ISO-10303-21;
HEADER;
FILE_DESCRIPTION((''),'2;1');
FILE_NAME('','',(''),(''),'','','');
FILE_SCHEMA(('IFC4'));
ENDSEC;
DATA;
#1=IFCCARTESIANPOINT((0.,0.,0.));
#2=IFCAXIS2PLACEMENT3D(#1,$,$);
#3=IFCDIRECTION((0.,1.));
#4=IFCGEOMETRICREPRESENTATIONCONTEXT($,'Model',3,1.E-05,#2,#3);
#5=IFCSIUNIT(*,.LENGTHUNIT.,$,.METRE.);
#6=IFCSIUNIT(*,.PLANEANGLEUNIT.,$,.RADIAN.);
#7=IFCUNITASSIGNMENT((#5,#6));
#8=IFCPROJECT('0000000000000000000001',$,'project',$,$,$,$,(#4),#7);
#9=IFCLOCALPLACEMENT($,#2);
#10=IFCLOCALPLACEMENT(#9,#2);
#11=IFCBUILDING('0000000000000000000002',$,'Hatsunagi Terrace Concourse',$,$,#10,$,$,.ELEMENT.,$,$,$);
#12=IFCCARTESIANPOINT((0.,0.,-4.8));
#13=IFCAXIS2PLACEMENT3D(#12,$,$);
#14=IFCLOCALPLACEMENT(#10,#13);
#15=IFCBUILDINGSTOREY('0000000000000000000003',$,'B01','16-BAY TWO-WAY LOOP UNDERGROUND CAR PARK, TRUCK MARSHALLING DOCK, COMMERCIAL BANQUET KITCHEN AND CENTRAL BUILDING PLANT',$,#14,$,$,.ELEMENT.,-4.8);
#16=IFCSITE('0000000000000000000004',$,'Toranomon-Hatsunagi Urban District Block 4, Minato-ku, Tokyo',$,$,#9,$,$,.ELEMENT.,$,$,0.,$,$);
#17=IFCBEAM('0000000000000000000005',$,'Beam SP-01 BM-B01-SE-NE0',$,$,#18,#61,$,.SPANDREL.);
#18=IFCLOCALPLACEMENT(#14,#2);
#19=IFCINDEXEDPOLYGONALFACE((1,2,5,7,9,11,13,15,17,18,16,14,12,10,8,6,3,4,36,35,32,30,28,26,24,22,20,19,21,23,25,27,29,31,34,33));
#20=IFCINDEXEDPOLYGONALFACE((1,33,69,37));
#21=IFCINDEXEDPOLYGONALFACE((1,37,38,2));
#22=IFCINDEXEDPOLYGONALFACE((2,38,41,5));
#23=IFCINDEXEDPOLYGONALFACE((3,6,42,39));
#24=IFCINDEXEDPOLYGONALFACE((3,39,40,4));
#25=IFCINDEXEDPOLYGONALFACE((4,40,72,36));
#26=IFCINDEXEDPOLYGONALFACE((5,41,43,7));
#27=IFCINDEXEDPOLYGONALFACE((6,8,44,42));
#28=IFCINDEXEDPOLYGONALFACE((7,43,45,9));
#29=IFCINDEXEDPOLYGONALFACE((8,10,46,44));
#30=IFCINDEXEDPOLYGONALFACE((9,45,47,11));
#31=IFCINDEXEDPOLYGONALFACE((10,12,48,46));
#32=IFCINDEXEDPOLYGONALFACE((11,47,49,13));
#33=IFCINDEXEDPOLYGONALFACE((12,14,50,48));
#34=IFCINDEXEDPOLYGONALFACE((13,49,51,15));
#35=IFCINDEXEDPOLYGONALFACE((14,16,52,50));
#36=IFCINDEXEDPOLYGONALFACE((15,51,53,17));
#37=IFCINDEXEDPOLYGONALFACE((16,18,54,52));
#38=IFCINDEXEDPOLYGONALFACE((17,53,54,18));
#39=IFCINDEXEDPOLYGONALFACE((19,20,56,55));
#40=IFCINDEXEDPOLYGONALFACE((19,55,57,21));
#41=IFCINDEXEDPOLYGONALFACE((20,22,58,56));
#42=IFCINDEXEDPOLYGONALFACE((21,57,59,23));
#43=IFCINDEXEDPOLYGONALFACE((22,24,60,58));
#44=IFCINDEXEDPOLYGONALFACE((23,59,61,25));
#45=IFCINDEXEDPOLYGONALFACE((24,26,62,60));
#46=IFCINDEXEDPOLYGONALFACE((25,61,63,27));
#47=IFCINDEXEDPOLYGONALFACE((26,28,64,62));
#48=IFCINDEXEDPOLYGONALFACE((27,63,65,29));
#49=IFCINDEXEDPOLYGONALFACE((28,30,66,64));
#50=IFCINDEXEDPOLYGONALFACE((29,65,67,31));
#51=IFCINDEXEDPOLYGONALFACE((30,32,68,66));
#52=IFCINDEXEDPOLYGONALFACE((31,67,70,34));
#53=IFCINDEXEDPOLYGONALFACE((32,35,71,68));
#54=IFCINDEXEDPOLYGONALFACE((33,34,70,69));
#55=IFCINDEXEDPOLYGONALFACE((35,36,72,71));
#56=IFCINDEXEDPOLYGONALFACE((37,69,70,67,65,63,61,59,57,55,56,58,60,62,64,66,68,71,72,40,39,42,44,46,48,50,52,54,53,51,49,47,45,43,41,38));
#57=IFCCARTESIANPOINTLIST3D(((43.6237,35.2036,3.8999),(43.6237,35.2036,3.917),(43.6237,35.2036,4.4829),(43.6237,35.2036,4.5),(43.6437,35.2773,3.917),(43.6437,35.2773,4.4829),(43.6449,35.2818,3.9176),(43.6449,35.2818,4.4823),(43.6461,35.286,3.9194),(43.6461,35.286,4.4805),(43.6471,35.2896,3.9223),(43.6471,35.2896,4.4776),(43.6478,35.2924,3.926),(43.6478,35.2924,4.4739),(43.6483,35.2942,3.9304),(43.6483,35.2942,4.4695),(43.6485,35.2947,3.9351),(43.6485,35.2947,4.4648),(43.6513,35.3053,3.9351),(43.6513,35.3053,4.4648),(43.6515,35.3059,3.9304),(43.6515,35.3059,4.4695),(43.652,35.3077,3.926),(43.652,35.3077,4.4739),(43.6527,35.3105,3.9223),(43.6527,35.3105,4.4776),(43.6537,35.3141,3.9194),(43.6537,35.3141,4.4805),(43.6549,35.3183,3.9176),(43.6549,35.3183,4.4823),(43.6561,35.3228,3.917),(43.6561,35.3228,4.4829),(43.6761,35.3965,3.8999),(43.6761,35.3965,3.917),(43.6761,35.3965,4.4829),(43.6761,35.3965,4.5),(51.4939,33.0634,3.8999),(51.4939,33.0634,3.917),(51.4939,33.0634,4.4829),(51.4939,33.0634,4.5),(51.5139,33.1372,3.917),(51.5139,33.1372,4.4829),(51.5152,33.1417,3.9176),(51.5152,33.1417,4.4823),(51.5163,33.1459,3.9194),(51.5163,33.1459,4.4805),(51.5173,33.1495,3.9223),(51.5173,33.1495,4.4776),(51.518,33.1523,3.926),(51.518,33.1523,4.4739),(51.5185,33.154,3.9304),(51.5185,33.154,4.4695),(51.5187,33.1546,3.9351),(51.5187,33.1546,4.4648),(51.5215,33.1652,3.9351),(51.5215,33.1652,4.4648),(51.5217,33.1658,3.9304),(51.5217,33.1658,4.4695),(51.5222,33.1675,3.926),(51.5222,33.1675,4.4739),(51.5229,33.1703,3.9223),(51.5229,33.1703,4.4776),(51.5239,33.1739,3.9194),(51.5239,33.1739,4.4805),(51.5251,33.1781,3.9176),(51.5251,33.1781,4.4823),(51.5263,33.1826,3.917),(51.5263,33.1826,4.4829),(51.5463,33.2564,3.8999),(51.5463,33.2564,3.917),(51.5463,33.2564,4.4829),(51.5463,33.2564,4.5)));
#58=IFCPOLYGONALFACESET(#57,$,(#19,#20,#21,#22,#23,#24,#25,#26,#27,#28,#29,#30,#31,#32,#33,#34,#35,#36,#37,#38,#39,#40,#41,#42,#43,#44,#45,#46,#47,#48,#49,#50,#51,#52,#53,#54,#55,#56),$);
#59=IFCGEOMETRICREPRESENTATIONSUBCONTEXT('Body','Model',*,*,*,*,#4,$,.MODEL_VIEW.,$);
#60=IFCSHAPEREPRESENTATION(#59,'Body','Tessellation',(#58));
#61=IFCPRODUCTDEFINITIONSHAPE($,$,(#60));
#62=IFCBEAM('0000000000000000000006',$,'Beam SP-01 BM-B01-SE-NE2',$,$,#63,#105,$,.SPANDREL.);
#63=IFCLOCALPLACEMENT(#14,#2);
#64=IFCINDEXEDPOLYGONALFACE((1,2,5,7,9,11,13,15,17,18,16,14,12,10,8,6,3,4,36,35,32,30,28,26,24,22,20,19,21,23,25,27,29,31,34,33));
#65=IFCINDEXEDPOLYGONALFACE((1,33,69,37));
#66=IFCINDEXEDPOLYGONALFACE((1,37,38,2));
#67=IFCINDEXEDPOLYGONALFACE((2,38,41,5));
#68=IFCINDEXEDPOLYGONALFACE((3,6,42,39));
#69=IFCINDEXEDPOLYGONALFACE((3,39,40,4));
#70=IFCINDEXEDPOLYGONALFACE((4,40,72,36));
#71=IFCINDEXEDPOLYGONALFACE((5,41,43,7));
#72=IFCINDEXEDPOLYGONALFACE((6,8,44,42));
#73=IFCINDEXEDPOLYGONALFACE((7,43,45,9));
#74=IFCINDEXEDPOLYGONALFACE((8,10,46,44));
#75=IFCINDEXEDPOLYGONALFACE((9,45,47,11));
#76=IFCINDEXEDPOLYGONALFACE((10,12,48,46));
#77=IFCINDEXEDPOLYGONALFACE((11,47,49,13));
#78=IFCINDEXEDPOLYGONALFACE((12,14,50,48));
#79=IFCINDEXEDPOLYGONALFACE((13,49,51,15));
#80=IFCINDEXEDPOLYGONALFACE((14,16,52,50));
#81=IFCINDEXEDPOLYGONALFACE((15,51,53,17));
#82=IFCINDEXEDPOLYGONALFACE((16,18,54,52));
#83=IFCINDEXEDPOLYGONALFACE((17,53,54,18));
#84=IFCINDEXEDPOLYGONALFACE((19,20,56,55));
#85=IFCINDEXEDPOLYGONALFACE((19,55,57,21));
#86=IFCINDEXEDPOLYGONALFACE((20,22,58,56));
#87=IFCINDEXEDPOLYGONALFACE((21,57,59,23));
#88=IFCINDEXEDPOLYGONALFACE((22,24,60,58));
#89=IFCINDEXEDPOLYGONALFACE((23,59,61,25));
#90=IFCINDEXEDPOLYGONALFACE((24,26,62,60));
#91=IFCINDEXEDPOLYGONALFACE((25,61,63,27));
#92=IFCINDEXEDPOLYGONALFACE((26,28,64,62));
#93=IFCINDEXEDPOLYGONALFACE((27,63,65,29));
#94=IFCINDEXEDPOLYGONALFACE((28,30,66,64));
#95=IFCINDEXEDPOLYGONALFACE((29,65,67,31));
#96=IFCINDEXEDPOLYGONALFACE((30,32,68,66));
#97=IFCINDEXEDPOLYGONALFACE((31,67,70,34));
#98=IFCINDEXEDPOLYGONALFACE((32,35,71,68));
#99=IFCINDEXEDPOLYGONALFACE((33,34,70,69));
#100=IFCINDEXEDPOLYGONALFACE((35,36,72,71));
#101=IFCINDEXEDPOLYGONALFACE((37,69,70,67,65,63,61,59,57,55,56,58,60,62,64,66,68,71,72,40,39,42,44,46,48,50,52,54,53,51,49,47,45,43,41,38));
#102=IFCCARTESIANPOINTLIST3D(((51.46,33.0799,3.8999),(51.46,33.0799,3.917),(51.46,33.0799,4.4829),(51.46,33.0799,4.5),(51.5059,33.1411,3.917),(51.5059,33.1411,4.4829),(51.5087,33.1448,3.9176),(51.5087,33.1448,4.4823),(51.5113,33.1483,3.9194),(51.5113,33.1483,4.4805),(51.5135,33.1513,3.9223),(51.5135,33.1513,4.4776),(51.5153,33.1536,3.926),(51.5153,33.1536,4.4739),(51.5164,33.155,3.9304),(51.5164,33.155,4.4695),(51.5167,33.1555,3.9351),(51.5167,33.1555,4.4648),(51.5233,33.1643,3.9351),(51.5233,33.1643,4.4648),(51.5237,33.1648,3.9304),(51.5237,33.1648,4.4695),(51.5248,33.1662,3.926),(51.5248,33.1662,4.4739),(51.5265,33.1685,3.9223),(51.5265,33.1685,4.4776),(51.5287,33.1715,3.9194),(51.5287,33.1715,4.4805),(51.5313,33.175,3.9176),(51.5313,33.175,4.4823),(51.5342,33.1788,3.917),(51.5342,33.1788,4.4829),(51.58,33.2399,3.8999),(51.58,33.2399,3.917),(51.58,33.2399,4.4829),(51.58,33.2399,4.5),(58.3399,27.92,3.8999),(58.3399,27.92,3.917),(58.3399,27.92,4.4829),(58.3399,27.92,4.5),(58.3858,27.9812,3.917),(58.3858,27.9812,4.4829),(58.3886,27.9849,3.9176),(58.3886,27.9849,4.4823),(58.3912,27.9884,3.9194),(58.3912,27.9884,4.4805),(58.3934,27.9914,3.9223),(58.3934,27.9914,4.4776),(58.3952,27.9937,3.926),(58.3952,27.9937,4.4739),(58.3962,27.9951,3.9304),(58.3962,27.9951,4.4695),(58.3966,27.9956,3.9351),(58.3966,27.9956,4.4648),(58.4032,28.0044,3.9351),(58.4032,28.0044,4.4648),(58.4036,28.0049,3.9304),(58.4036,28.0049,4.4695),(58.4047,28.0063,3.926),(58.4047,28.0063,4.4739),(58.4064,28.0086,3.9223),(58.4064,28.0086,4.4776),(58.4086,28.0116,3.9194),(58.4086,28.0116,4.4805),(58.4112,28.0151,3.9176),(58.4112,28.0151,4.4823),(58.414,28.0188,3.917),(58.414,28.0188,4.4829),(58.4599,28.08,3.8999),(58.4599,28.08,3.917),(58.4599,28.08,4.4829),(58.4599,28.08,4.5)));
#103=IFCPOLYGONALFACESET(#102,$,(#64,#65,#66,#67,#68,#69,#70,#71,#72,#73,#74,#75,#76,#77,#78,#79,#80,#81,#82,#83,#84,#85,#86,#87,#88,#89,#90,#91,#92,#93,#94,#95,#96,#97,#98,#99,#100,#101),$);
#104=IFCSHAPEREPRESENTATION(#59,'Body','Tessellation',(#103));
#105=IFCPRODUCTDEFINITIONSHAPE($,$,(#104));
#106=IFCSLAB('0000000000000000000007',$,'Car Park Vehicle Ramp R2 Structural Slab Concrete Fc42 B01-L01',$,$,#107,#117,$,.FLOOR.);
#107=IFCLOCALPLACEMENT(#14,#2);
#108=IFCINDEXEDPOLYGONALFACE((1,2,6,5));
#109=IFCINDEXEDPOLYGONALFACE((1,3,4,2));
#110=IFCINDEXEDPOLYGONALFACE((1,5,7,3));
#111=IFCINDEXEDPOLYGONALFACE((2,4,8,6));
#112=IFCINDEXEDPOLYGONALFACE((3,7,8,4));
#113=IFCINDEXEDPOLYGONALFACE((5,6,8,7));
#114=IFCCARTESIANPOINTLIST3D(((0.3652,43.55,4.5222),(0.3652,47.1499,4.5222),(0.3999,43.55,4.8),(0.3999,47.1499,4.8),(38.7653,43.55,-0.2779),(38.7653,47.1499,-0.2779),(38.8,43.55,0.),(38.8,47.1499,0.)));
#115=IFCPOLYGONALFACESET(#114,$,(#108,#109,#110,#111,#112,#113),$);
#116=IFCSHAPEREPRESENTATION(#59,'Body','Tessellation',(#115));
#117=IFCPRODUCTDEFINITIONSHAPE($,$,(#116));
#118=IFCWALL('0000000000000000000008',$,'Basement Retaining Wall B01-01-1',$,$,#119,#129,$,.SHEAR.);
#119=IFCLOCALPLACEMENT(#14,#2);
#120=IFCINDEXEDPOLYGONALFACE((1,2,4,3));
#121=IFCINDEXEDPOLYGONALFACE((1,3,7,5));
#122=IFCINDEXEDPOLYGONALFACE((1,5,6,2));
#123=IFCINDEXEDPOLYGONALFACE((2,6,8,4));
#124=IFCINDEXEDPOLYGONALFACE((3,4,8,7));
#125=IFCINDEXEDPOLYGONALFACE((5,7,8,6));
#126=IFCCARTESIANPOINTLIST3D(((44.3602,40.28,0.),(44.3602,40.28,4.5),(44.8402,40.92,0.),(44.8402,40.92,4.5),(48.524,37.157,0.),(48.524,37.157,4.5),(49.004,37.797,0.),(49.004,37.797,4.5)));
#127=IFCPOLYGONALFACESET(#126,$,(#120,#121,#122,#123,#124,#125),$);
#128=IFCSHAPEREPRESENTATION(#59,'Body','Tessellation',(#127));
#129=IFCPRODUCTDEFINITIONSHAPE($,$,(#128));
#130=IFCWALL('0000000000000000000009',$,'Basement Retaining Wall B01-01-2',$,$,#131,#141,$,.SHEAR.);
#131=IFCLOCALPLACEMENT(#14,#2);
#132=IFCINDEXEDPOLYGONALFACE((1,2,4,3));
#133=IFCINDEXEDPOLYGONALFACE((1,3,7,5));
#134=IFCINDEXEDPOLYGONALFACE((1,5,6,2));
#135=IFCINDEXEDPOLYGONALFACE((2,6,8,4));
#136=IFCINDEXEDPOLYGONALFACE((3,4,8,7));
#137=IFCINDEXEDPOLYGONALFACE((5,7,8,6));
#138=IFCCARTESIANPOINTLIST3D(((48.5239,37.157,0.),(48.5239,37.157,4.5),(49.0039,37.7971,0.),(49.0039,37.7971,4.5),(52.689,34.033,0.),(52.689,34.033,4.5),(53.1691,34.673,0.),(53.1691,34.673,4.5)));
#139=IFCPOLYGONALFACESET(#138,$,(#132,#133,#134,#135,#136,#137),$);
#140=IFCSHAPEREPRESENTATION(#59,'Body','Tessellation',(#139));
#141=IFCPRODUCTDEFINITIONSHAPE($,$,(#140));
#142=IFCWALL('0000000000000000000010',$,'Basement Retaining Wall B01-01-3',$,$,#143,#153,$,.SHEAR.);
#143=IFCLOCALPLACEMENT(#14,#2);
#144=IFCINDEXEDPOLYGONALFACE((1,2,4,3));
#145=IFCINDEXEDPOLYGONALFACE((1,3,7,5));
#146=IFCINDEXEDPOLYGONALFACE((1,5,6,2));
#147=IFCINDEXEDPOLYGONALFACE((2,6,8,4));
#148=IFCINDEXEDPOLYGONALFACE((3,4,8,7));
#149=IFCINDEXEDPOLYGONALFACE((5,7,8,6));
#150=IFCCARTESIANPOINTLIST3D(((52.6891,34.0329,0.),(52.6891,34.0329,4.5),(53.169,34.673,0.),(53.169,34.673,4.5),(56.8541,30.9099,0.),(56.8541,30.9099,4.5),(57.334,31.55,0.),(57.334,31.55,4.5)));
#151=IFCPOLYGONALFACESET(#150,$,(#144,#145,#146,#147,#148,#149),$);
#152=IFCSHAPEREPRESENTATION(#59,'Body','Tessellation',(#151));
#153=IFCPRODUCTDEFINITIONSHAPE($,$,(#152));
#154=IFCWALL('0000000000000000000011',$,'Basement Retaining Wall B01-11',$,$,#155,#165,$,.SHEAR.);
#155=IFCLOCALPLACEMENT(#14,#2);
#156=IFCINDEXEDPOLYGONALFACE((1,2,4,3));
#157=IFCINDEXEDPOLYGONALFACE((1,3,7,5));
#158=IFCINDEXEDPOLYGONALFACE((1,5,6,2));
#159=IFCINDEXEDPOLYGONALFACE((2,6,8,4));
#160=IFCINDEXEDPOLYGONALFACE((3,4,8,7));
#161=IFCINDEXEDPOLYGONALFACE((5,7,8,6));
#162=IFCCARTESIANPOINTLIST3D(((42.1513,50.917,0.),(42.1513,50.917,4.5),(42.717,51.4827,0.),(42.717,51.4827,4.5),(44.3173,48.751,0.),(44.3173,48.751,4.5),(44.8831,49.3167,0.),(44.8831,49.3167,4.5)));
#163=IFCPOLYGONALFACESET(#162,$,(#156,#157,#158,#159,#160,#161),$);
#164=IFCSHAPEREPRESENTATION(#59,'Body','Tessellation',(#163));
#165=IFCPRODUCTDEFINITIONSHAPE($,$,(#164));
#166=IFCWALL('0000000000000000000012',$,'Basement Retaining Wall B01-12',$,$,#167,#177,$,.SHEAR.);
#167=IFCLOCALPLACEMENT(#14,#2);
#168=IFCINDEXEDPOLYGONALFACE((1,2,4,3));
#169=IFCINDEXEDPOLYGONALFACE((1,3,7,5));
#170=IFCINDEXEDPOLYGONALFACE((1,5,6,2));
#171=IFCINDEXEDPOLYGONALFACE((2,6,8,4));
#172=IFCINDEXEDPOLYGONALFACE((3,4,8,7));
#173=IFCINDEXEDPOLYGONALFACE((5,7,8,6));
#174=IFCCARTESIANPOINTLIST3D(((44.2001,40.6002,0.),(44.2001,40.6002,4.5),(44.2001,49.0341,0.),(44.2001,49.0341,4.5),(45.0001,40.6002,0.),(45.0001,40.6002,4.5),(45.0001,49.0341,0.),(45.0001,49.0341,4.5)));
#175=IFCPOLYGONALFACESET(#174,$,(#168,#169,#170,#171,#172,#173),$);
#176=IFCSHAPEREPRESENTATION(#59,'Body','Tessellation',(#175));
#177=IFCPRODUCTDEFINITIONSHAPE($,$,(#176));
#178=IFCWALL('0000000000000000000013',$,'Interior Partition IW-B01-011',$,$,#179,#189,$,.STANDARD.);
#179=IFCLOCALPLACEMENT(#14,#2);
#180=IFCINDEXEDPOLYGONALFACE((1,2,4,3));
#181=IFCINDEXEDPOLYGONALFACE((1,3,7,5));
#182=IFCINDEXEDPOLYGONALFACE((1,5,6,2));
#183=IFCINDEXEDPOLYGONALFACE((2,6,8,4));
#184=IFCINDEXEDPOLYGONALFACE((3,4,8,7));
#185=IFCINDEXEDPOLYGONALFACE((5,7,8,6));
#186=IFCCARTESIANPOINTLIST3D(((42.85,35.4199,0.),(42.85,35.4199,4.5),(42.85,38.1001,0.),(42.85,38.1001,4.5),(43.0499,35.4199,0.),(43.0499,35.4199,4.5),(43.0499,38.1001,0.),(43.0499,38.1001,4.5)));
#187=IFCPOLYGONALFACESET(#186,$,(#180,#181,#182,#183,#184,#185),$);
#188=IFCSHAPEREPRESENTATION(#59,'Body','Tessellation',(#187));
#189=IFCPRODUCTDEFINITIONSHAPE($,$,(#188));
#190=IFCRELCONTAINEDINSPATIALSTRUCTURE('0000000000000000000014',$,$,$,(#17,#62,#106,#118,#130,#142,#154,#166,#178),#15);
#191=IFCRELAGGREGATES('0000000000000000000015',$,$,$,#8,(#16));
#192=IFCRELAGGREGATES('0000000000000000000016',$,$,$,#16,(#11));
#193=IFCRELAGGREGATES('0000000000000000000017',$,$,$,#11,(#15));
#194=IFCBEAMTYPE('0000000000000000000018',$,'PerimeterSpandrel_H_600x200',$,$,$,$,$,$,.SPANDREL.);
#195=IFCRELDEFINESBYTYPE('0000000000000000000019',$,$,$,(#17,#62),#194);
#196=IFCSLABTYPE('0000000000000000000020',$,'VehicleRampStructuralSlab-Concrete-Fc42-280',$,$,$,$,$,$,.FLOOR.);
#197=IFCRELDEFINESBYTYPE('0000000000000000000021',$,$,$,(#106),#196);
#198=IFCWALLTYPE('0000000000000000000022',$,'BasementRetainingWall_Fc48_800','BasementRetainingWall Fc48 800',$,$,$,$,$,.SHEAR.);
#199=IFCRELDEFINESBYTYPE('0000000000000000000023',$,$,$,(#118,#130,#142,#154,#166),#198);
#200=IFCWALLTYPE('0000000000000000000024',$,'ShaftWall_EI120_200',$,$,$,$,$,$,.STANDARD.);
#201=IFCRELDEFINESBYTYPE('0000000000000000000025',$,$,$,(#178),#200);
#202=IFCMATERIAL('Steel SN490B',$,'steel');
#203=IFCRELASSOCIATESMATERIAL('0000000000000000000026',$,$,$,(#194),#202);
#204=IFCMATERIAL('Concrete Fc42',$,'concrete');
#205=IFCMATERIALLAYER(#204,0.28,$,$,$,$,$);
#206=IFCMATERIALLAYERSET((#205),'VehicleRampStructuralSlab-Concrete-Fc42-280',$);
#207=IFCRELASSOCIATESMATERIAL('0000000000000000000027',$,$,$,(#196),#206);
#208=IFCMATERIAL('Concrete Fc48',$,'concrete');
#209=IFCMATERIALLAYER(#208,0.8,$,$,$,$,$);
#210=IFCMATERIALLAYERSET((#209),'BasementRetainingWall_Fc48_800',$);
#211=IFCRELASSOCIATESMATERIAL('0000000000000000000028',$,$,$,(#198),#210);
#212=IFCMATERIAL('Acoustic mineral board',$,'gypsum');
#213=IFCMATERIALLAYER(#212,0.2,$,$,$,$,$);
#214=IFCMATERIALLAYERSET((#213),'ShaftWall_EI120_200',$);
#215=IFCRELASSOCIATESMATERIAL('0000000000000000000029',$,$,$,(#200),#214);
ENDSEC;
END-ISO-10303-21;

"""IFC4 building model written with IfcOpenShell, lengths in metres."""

from ifc_helpers import new_model, si_unit, direction, frame, frame_2d, origin, origin_2d, place, context, subcontext, project, spatial, polyline, rectangle, i_section, outline, extrude, material, layer, layer_set, material_profile, profile_set, type_object, element, save


model = new_model("IFC4")

# Units and contexts
model_context = context("Model", 3, precision=1e-05, world=origin(), true_north=direction((0.0, 1.0)))
body_context = subcontext(model_context, "Body", "Model", "MODEL_VIEW")
ifc_project = project(units=[si_unit("LENGTHUNIT", "METRE"), si_unit("PLANEANGLEUNIT", "RADIAN")], contexts=[model_context])

# Site, building, storey
site_placement = place(None, origin())
site = spatial("IfcSite", under=ifc_project, at=site_placement, Name="Toranomon-Hatsunagi Urban District Block 4, Minato-ku, Tokyo", CompositionType="ELEMENT", RefElevation=0.0)
building_placement = place(site_placement, origin())
building = spatial("IfcBuilding", under=site, at=building_placement, Name="Hatsunagi Terrace Concourse", CompositionType="ELEMENT")
storey_placement = place(building_placement, frame((0.0, 0.0, -4.8)))
storey = spatial("IfcBuildingStorey", under=building, at=storey_placement, Name="B01", Description="16-BAY TWO-WAY LOOP UNDERGROUND CAR PARK, TRUCK MARSHALLING DOCK, COMMERCIAL BANQUET KITCHEN AND CENTRAL BUILDING PLANT", CompositionType="ELEMENT", Elevation=-4.8)

# Beams
ifc_material_1 = material(Name="Steel SN490B", Category="steel")
ifc_material_profile_1 = material_profile(ifc_material_1, i_section(OverallWidth=0.2, OverallDepth=0.6001, WebThickness=0.011, FlangeThickness=0.0171, FilletRadius=0.0181, at=origin_2d()), Name="H-600x200x11x17")
ifc_profile_set_1 = profile_set([ifc_material_profile_1], Name="Steel SN490B")
beam_type_1 = type_object("IfcBeamType", Name="PerimeterSpandrel_H_600x200", PredefinedType="SPANDREL", material=ifc_profile_set_1)
beam_1_placement = place(storey_placement, frame((43.6499, 35.3, 4.2), z_axis=(0.964958, -0.262403, 0.0), x_axis=(0.262403, 0.964958, 0.0)))
element("IfcBeam", 1, at=beam_1_placement, inside=storey, type_object=beam_type_1, Name="Beam SP-01 BM-B01-SE-NE0", PredefinedType="SPANDREL", context=body_context, shape_type="SweptSolid", body=[
    extrude(i_section(OverallWidth=0.2, OverallDepth=0.6001, WebThickness=0.011, FlangeThickness=0.0171, FilletRadius=0.0181, at=origin_2d()), origin(), (0.0, 0.0, 1.0), 8.156),
])
beam_2_placement = place(storey_placement, frame((51.52, 33.1599, 4.2), z_axis=(0.8, -0.6, 0.0), x_axis=(0.6, 0.8, 0.0)))
element("IfcBeam", 2, at=beam_2_placement, inside=storey, type_object=beam_type_1, Name="Beam SP-01 BM-B01-SE-NE2", PredefinedType="SPANDREL", context=body_context, shape_type="SweptSolid", body=[
    extrude(i_section(OverallWidth=0.2, OverallDepth=0.6001, WebThickness=0.011, FlangeThickness=0.0171, FilletRadius=0.0181, at=origin_2d()), origin(), (0.0, 0.0, 1.0), 8.5999),
])

# Slab
ifc_material_2 = material(Name="Concrete Fc42", Category="concrete")
ifc_layer_1 = layer(ifc_material_2, 0.28)
ifc_layer_set_1 = layer_set([ifc_layer_1], Name="VehicleRampStructuralSlab-Concrete-Fc42-280")
slab_type = type_object("IfcSlabType", Name="VehicleRampStructuralSlab-Concrete-Fc42-280", PredefinedType="FLOOR", material=ifc_layer_set_1)
slab_placement = place(storey_placement, frame((38.8, 43.55, 0.0), z_axis=(0.124036, 0.0, 0.992278), x_axis=(-0.992278, 0.0, 0.124036)))
element("IfcSlab", 3, at=slab_placement, inside=storey, type_object=slab_type, Name="Car Park Vehicle Ramp R2 Structural Slab Concrete Fc42 B01-L01", PredefinedType="FLOOR", context=body_context, shape_type="SweptSolid", body=[
    extrude(outline(polyline([(0.0, 0.0), (38.699, 0.0), (38.699, -3.5999), (0.0, -3.5999), (0.0, 0.0)])), origin(), (0.0, 0.0, -1.0), 0.28),
])

# Walls
ifc_material_3 = material(Name="Concrete Fc48", Category="concrete")
ifc_layer_2 = layer(ifc_material_3, 0.8)
ifc_layer_set_2 = layer_set([ifc_layer_2], Name="BasementRetainingWall_Fc48_800")
wall_type_1 = type_object("IfcWallType", Name="BasementRetainingWall_Fc48_800", Description="BasementRetainingWall Fc48 800", PredefinedType="SHEAR", material=ifc_layer_set_2)
wall_1_placement = place(storey_placement, frame((44.6001, 40.6001, 0.0), z_axis=(0.0, 0.0, 1.0), x_axis=(0.799983, -0.600023, 0.0)))
element("IfcWall", 4, at=wall_1_placement, inside=storey, type_object=wall_type_1, Name="Basement Retaining Wall B01-01-1", PredefinedType="SHEAR", context=body_context, shape_type="SweptSolid", body=[
    extrude(rectangle(XDim=5.2048, YDim=0.8, at=frame_2d((2.6025, 0.0))), origin(), (0.0, 0.0, 1.0), 4.5),
])
wall_2_placement = place(storey_placement, frame((48.7639, 37.4771, 0.0), z_axis=(0.0, 0.0, 1.0), x_axis=(0.799977, -0.60003, 0.0)))
element("IfcWall", 5, at=wall_2_placement, inside=storey, type_object=wall_type_1, Name="Basement Retaining Wall B01-01-2", PredefinedType="SHEAR", context=body_context, shape_type="SweptSolid", body=[
    extrude(rectangle(XDim=5.2065, YDim=0.8, at=frame_2d((2.6033, 0.0))), origin(), (0.0, 0.0, 1.0), 4.5),
])
wall_3_placement = place(storey_placement, frame((52.929, 34.353, 0.0), z_axis=(0.0, 0.0, 1.0), x_axis=(0.800068, -0.59991, 0.0)))
element("IfcWall", 6, at=wall_3_placement, inside=storey, type_object=wall_type_1, Name="Basement Retaining Wall B01-01-3", PredefinedType="SHEAR", context=body_context, shape_type="SweptSolid", body=[
    extrude(rectangle(XDim=5.2058, YDim=0.8, at=frame_2d((2.603, 0.0))), origin(), (0.0, 0.0, 1.0), 4.5),
])
wall_4_placement = place(storey_placement, frame((42.4341, 51.2, 0.0), z_axis=(0.0, 0.0, 1.0), x_axis=(0.707107, -0.707107, 0.0)))
element("IfcWall", 7, at=wall_4_placement, inside=storey, type_object=wall_type_1, Name="Basement Retaining Wall B01-11", PredefinedType="SHEAR", context=body_context, shape_type="SweptSolid", body=[
    extrude(rectangle(XDim=3.0632, YDim=0.8, at=frame_2d((1.5317, 0.0))), origin(), (0.0, 0.0, 1.0), 4.5),
])
wall_5_placement = place(storey_placement, frame((44.6001, 49.0339, 0.0), z_axis=(0.0, 0.0, 1.0), x_axis=(0.0, -1.0, 0.0)))
element("IfcWall", 8, at=wall_5_placement, inside=storey, type_object=wall_type_1, Name="Basement Retaining Wall B01-12", PredefinedType="SHEAR", context=body_context, shape_type="SweptSolid", body=[
    extrude(rectangle(XDim=8.4338, YDim=0.8, at=frame_2d((4.2168, 0.0))), origin(), (0.0, 0.0, 1.0), 4.5),
])
ifc_material_4 = material(Name="Acoustic mineral board", Category="gypsum")
ifc_layer_3 = layer(ifc_material_4, 0.2)
ifc_layer_set_3 = layer_set([ifc_layer_3], Name="ShaftWall_EI120_200")
wall_type_2 = type_object("IfcWallType", Name="ShaftWall_EI120_200", PredefinedType="STANDARD", material=ifc_layer_set_3)
wall_6_placement = place(storey_placement, frame((42.95, 35.4199, 0.0), z_axis=(0.0, 0.0, 1.0), x_axis=(0.0, 1.0, 0.0)))
element("IfcWall", 9, at=wall_6_placement, inside=storey, type_object=wall_type_2, Name="Interior Partition IW-B01-011", PredefinedType="STANDARD", context=body_context, shape_type="SweptSolid", body=[
    extrude(rectangle(XDim=2.6802, YDim=0.2, at=frame_2d((1.3401, 0.0))), origin(), (0.0, 0.0, 1.0), 4.5),
])

save(model, "model.ifc")
